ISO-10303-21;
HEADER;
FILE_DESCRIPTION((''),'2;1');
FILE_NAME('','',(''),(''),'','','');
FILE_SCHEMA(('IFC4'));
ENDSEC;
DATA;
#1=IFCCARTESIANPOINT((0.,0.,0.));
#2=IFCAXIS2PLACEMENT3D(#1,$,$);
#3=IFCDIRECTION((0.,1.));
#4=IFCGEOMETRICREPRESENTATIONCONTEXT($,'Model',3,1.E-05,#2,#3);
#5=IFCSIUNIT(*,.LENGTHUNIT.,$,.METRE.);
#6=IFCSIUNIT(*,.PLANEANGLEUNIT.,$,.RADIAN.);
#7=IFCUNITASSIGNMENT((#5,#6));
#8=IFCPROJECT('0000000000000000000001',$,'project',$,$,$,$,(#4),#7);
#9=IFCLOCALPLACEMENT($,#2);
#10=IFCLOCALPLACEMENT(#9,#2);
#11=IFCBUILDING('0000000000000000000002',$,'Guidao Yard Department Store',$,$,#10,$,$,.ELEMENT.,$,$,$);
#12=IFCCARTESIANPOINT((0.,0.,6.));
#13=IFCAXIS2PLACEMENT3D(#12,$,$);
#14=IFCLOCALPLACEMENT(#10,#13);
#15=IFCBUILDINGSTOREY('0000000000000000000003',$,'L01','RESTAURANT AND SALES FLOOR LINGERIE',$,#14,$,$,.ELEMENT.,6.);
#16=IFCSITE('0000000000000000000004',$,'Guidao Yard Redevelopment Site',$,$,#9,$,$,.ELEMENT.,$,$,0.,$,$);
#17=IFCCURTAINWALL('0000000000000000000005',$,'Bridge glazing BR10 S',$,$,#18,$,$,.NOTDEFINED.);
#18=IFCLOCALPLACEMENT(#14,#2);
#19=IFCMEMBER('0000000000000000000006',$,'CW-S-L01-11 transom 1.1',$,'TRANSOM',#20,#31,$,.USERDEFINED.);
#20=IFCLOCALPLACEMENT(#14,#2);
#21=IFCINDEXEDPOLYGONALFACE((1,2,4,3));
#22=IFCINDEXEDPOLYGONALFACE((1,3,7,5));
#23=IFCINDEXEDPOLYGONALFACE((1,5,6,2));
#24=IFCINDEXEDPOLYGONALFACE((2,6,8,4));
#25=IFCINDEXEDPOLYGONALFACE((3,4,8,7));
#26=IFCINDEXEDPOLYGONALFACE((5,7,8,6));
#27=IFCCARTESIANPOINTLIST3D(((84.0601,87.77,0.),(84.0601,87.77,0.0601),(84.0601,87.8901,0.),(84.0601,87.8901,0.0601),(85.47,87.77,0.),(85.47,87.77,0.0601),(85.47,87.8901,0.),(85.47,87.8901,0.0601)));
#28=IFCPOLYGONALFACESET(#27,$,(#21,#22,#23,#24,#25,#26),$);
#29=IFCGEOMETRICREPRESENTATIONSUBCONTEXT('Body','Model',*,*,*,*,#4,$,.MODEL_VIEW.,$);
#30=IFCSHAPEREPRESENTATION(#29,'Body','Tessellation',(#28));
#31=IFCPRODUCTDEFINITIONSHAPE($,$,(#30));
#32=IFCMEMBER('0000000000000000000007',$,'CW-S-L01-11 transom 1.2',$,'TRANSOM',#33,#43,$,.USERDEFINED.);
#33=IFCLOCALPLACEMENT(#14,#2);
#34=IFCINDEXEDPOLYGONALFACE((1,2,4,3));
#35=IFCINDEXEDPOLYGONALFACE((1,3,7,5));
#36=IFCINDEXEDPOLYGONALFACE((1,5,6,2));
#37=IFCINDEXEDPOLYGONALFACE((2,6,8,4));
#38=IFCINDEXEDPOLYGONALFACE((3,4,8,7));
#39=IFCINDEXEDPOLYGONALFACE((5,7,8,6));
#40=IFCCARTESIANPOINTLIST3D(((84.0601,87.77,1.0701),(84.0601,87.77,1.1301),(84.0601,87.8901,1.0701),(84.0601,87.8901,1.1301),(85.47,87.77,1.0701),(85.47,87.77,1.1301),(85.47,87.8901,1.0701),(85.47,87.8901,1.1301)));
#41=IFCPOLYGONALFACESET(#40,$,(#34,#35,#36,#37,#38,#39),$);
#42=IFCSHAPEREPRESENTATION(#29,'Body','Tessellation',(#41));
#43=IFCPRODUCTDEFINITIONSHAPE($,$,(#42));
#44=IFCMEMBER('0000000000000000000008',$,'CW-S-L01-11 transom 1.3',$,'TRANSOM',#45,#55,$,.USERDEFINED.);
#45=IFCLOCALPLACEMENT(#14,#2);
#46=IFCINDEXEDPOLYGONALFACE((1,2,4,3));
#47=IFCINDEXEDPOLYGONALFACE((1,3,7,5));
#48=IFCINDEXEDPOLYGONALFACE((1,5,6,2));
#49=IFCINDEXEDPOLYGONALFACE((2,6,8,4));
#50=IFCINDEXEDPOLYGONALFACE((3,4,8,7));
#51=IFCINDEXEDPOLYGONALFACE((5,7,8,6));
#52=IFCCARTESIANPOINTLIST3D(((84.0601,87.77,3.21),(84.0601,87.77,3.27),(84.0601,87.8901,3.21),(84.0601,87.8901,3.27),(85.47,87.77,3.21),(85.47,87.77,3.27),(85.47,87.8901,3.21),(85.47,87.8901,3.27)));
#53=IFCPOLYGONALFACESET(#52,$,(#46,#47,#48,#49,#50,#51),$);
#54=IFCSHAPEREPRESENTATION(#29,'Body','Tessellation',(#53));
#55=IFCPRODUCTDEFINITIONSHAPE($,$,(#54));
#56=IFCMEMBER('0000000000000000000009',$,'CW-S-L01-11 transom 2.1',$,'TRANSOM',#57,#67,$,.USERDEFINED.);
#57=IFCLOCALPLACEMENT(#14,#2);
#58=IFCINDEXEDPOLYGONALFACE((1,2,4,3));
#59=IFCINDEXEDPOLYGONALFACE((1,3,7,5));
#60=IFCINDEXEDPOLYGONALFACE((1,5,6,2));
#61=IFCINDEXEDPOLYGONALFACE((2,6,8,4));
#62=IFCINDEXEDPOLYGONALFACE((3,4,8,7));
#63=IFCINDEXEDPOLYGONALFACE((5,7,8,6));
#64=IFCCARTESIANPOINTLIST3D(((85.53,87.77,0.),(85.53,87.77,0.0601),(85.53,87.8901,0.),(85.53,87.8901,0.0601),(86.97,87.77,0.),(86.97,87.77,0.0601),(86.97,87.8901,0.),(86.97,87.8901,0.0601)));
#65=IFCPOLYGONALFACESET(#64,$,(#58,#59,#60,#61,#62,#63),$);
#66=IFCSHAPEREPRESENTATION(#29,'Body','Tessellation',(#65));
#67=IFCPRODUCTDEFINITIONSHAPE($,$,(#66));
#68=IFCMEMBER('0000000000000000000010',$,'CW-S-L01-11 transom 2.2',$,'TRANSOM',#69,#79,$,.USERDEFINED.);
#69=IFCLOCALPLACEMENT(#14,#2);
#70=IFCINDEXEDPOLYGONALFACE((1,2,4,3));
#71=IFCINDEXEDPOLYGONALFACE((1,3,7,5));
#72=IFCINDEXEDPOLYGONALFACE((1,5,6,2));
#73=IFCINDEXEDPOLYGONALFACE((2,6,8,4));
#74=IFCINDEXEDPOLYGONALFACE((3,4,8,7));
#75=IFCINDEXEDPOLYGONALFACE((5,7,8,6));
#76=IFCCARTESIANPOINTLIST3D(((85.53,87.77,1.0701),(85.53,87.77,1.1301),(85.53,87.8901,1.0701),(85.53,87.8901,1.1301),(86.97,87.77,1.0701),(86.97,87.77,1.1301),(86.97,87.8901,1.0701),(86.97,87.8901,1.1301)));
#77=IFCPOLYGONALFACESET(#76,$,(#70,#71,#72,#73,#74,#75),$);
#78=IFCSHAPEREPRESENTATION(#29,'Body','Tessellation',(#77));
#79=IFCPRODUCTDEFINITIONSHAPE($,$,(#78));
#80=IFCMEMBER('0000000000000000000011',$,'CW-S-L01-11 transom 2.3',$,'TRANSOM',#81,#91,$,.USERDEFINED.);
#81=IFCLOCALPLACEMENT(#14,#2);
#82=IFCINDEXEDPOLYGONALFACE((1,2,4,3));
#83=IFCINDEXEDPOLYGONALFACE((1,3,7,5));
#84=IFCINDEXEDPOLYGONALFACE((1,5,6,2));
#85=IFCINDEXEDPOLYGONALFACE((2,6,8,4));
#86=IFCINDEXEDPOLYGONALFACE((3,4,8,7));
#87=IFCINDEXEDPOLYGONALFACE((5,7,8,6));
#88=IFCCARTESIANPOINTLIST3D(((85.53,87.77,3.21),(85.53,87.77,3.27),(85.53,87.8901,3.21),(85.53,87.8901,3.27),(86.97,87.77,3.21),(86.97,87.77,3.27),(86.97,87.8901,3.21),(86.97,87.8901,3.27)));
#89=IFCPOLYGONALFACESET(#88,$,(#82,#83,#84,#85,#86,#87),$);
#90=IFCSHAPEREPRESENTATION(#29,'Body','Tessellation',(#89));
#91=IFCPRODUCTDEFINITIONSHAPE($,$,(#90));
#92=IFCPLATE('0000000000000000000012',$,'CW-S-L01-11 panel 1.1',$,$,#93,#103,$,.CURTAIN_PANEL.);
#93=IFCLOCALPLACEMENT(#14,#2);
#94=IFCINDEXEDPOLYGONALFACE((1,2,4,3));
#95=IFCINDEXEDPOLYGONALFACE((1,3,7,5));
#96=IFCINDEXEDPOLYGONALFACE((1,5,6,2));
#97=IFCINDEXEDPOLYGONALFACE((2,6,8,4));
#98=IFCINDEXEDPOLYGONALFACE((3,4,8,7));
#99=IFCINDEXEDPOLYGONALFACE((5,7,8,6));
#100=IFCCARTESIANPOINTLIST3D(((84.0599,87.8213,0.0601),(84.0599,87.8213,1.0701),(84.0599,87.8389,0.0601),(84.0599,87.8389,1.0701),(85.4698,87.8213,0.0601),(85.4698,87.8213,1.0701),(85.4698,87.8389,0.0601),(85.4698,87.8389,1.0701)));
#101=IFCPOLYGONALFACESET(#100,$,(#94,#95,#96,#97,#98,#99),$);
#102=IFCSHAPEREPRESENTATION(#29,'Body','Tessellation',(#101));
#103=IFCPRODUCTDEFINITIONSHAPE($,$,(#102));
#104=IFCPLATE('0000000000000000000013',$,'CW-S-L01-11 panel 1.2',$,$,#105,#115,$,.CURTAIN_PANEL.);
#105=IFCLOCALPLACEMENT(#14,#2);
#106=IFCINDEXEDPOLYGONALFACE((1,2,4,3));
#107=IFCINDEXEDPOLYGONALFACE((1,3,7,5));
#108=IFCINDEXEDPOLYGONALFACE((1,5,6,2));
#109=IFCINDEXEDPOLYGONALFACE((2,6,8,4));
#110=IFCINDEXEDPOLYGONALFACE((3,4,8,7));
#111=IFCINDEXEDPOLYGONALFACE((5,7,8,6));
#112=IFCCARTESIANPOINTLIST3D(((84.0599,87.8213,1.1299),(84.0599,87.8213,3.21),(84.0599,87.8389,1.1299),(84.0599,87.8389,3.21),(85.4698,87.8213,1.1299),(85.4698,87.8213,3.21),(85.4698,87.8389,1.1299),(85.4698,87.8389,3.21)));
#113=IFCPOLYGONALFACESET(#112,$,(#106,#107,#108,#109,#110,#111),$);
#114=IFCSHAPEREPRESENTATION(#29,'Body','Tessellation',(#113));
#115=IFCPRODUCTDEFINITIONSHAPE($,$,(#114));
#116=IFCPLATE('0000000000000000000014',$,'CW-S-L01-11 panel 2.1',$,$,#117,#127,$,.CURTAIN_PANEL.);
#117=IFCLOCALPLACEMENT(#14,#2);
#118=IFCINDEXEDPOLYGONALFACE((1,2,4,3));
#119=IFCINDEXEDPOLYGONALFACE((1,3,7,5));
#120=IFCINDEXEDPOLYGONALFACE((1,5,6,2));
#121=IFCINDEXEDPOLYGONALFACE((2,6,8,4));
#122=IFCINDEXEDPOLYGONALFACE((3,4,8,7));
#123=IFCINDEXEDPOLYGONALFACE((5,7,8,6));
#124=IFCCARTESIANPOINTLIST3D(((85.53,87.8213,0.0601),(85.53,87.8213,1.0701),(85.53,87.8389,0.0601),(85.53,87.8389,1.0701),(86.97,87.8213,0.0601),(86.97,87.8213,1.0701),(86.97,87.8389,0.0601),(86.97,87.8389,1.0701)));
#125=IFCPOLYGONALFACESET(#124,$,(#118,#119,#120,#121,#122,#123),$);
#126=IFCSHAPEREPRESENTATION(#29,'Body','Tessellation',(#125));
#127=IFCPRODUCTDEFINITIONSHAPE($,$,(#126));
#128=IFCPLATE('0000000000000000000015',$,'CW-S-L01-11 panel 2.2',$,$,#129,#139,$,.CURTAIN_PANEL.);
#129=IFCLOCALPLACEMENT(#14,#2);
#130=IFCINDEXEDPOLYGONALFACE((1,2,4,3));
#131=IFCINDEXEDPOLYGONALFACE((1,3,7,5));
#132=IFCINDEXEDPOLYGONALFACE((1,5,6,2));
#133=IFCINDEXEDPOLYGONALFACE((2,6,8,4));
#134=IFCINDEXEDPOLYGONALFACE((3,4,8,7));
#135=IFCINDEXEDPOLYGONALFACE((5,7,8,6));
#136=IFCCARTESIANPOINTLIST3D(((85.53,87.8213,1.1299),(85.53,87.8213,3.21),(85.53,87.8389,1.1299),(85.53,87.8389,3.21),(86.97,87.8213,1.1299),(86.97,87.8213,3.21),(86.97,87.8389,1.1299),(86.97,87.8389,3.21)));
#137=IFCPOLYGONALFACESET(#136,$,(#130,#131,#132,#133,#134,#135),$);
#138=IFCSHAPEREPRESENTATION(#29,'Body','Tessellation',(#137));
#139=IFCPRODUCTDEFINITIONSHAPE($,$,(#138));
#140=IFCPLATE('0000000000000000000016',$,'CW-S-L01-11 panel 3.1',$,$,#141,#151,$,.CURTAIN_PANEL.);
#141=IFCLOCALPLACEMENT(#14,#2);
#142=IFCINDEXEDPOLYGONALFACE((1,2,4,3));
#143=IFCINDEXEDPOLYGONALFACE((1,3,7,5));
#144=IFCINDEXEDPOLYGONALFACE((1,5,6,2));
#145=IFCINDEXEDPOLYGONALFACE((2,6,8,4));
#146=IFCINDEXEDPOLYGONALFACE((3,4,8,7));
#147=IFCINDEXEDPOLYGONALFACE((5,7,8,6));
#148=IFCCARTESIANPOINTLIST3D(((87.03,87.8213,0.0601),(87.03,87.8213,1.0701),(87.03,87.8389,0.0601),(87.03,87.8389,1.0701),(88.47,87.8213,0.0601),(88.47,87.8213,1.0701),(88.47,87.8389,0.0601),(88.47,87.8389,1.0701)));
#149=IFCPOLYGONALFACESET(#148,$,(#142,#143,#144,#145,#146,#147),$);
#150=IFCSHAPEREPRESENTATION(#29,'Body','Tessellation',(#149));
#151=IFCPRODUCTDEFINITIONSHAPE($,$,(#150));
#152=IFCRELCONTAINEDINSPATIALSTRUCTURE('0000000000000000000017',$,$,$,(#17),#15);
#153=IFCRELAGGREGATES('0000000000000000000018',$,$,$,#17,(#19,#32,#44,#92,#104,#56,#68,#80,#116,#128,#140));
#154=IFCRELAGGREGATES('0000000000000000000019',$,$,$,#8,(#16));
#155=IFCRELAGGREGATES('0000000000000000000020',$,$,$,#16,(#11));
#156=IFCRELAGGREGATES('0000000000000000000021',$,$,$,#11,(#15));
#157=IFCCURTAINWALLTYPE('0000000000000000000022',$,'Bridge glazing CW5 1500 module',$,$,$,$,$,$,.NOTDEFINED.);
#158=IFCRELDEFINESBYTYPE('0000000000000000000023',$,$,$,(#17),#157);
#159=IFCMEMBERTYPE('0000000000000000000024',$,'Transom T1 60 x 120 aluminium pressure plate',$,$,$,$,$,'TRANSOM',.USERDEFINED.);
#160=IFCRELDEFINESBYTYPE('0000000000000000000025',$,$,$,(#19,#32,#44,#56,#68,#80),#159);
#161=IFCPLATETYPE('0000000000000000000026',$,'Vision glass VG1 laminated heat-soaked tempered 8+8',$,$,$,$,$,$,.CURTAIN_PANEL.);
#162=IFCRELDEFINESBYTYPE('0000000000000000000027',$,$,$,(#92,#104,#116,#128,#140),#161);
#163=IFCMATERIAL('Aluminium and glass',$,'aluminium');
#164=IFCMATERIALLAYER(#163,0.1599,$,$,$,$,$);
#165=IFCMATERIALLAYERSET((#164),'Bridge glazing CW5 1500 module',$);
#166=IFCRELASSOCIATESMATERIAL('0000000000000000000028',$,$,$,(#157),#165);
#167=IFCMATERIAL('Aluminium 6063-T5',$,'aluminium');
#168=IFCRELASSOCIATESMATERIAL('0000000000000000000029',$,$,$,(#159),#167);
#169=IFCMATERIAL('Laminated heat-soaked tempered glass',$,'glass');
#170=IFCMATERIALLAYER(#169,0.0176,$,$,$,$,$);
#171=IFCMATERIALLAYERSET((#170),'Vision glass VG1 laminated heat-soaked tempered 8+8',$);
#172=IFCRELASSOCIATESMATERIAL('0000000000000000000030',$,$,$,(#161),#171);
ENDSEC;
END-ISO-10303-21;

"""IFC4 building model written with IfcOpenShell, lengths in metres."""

from ifc_helpers import new_model, si_unit, direction, frame, origin, origin_2d, place, context, subcontext, project, spatial, rectangle, extrude, material, layer, layer_set, material_profile, profile_set, type_object, element, aggregate, save


model = new_model("IFC4")

# Units and contexts
model_context = context("Model", 3, precision=1e-05, world=origin(), true_north=direction((0.0, 1.0)))
body_context = subcontext(model_context, "Body", "Model", "MODEL_VIEW")
ifc_project = project(units=[si_unit("LENGTHUNIT", "METRE"), si_unit("PLANEANGLEUNIT", "RADIAN")], contexts=[model_context])

# Site, building, storey
site_placement = place(None, origin())
site = spatial("IfcSite", under=ifc_project, at=site_placement, Name="Guidao Yard Redevelopment Site", CompositionType="ELEMENT", RefElevation=0.0)
building_placement = place(site_placement, origin())
building = spatial("IfcBuilding", under=site, at=building_placement, Name="Guidao Yard Department Store", CompositionType="ELEMENT")
storey_placement = place(building_placement, frame((0.0, 0.0, 6.0)))
storey = spatial("IfcBuildingStorey", under=building, at=storey_placement, Name="L01", Description="RESTAURANT AND SALES FLOOR LINGERIE", CompositionType="ELEMENT", Elevation=6.0)

# Curtain wall
ifc_material_1 = material(Name="Aluminium and glass", Category="aluminium")
ifc_layer_1 = layer(ifc_material_1, 0.1599)
ifc_layer_set_1 = layer_set([ifc_layer_1], Name="Bridge glazing CW5 1500 module")
curtain_wall_type = type_object("IfcCurtainWallType", Name="Bridge glazing CW5 1500 module", PredefinedType="NOTDEFINED", material=ifc_layer_set_1)
curtain_wall_1_placement = place(storey_placement, origin())
curtain_wall_1 = element("IfcCurtainWall", 1, at=curtain_wall_1_placement, inside=storey, type_object=curtain_wall_type, Name="Bridge glazing BR10 S", PredefinedType="NOTDEFINED")

# Members
ifc_material_2 = material(Name="Aluminium 6063-T5", Category="aluminium")
ifc_material_profile_1 = material_profile(ifc_material_2, rectangle(XDim=0.1201, YDim=0.0601, at=origin_2d()), Name="Transom T1 60 x 120 aluminium pressure plate")
ifc_profile_set_1 = profile_set([ifc_material_profile_1], Name="Aluminium 6063-T5")
member_type_1 = type_object("IfcMemberType", Name="Transom T1 60 x 120 aluminium pressure plate", ElementType="TRANSOM", PredefinedType="USERDEFINED", material=ifc_profile_set_1)
member_1_placement = place(storey_placement, frame((85.47, 87.8301, 0.03), z_axis=(-1.0, 0.0, 0.0), x_axis=(0.0, -1.0, 0.0)))
member_1 = element("IfcMember", 2, at=member_1_placement, type_object=member_type_1, Name="CW-S-L01-11 transom 1.1", ObjectType="TRANSOM", PredefinedType="USERDEFINED", context=body_context, shape_type="SweptSolid", body=[
    extrude(rectangle(XDim=0.1201, YDim=0.0601, at=origin_2d()), origin(), (0.0, 0.0, 1.0), 1.4099),
])
member_2_placement = place(storey_placement, frame((85.47, 87.8301, 1.1001), z_axis=(-1.0, 0.0, 0.0), x_axis=(0.0, -1.0, 0.0)))
member_2 = element("IfcMember", 3, at=member_2_placement, type_object=member_type_1, Name="CW-S-L01-11 transom 1.2", ObjectType="TRANSOM", PredefinedType="USERDEFINED", context=body_context, shape_type="SweptSolid", body=[
    extrude(rectangle(XDim=0.1201, YDim=0.0601, at=origin_2d()), origin(), (0.0, 0.0, 1.0), 1.4099),
])
member_3_placement = place(storey_placement, frame((85.47, 87.8301, 3.24), z_axis=(-1.0, 0.0, 0.0), x_axis=(0.0, -1.0, 0.0)))
member_3 = element("IfcMember", 4, at=member_3_placement, type_object=member_type_1, Name="CW-S-L01-11 transom 1.3", ObjectType="TRANSOM", PredefinedType="USERDEFINED", context=body_context, shape_type="SweptSolid", body=[
    extrude(rectangle(XDim=0.1201, YDim=0.0601, at=origin_2d()), origin(), (0.0, 0.0, 1.0), 1.4099),
])
member_4_placement = place(storey_placement, frame((86.97, 87.8301, 0.03), z_axis=(-1.0, 0.0, 0.0), x_axis=(0.0, -1.0, 0.0)))
member_4 = element("IfcMember", 5, at=member_4_placement, type_object=member_type_1, Name="CW-S-L01-11 transom 2.1", ObjectType="TRANSOM", PredefinedType="USERDEFINED", context=body_context, shape_type="SweptSolid", body=[
    extrude(rectangle(XDim=0.1201, YDim=0.0601, at=origin_2d()), origin(), (0.0, 0.0, 1.0), 1.4399),
])
member_5_placement = place(storey_placement, frame((86.97, 87.8301, 1.1001), z_axis=(-1.0, 0.0, 0.0), x_axis=(0.0, -1.0, 0.0)))
member_5 = element("IfcMember", 6, at=member_5_placement, type_object=member_type_1, Name="CW-S-L01-11 transom 2.2", ObjectType="TRANSOM", PredefinedType="USERDEFINED", context=body_context, shape_type="SweptSolid", body=[
    extrude(rectangle(XDim=0.1201, YDim=0.0601, at=origin_2d()), origin(), (0.0, 0.0, 1.0), 1.4399),
])
member_6_placement = place(storey_placement, frame((86.97, 87.8301, 3.24), z_axis=(-1.0, 0.0, 0.0), x_axis=(0.0, -1.0, 0.0)))
member_6 = element("IfcMember", 7, at=member_6_placement, type_object=member_type_1, Name="CW-S-L01-11 transom 2.3", ObjectType="TRANSOM", PredefinedType="USERDEFINED", context=body_context, shape_type="SweptSolid", body=[
    extrude(rectangle(XDim=0.1201, YDim=0.0601, at=origin_2d()), origin(), (0.0, 0.0, 1.0), 1.4399),
])

# Plates
ifc_material_3 = material(Name="Laminated heat-soaked tempered glass", Category="glass")
ifc_layer_2 = layer(ifc_material_3, 0.0176)
ifc_layer_set_2 = layer_set([ifc_layer_2], Name="Vision glass VG1 laminated heat-soaked tempered 8+8")
plate_type = type_object("IfcPlateType", Name="Vision glass VG1 laminated heat-soaked tempered 8+8", PredefinedType="CURTAIN_PANEL", material=ifc_layer_set_2)
plate_1_placement = place(storey_placement, frame((84.7649, 87.8301, 0.0601), z_axis=(0.0, 0.0, 1.0), x_axis=(-1.0, 0.0, 0.0)))
plate_1 = element("IfcPlate", 8, at=plate_1_placement, type_object=plate_type, Name="CW-S-L01-11 panel 1.1", PredefinedType="CURTAIN_PANEL", context=body_context, shape_type="SweptSolid", body=[
    extrude(rectangle(XDim=1.4099, YDim=0.0176, at=origin_2d()), origin(), (0.0, 0.0, 1.0), 1.01),
])
plate_2_placement = place(storey_placement, frame((84.7649, 87.8301, 1.1299), z_axis=(0.0, 0.0, 1.0), x_axis=(-1.0, 0.0, 0.0)))
plate_2 = element("IfcPlate", 9, at=plate_2_placement, type_object=plate_type, Name="CW-S-L01-11 panel 1.2", PredefinedType="CURTAIN_PANEL", context=body_context, shape_type="SweptSolid", body=[
    extrude(rectangle(XDim=1.4099, YDim=0.0176, at=origin_2d()), origin(), (0.0, 0.0, 1.0), 2.0801),
])
plate_3_placement = place(storey_placement, frame((86.25, 87.8301, 0.0601), z_axis=(0.0, 0.0, 1.0), x_axis=(-1.0, 0.0, 0.0)))
plate_3 = element("IfcPlate", 10, at=plate_3_placement, type_object=plate_type, Name="CW-S-L01-11 panel 2.1", PredefinedType="CURTAIN_PANEL", context=body_context, shape_type="SweptSolid", body=[
    extrude(rectangle(XDim=1.4399, YDim=0.0176, at=origin_2d()), origin(), (0.0, 0.0, 1.0), 1.01),
])
plate_4_placement = place(storey_placement, frame((86.25, 87.8301, 1.1299), z_axis=(0.0, 0.0, 1.0), x_axis=(-1.0, 0.0, 0.0)))
plate_4 = element("IfcPlate", 11, at=plate_4_placement, type_object=plate_type, Name="CW-S-L01-11 panel 2.2", PredefinedType="CURTAIN_PANEL", context=body_context, shape_type="SweptSolid", body=[
    extrude(rectangle(XDim=1.4399, YDim=0.0176, at=origin_2d()), origin(), (0.0, 0.0, 1.0), 2.0801),
])
plate_5_placement = place(storey_placement, frame((87.75, 87.8301, 0.0601), z_axis=(0.0, 0.0, 1.0), x_axis=(-1.0, 0.0, 0.0)))
plate_5 = element("IfcPlate", 12, at=plate_5_placement, type_object=plate_type, Name="CW-S-L01-11 panel 3.1", PredefinedType="CURTAIN_PANEL", context=body_context, shape_type="SweptSolid", body=[
    extrude(rectangle(XDim=1.4399, YDim=0.0176, at=origin_2d()), origin(), (0.0, 0.0, 1.0), 1.01),
])
aggregate(curtain_wall_1, [member_1, member_2, member_3, plate_1, plate_2, member_4, member_5, member_6, plate_3, plate_4, plate_5])

save(model, "model.ifc")
